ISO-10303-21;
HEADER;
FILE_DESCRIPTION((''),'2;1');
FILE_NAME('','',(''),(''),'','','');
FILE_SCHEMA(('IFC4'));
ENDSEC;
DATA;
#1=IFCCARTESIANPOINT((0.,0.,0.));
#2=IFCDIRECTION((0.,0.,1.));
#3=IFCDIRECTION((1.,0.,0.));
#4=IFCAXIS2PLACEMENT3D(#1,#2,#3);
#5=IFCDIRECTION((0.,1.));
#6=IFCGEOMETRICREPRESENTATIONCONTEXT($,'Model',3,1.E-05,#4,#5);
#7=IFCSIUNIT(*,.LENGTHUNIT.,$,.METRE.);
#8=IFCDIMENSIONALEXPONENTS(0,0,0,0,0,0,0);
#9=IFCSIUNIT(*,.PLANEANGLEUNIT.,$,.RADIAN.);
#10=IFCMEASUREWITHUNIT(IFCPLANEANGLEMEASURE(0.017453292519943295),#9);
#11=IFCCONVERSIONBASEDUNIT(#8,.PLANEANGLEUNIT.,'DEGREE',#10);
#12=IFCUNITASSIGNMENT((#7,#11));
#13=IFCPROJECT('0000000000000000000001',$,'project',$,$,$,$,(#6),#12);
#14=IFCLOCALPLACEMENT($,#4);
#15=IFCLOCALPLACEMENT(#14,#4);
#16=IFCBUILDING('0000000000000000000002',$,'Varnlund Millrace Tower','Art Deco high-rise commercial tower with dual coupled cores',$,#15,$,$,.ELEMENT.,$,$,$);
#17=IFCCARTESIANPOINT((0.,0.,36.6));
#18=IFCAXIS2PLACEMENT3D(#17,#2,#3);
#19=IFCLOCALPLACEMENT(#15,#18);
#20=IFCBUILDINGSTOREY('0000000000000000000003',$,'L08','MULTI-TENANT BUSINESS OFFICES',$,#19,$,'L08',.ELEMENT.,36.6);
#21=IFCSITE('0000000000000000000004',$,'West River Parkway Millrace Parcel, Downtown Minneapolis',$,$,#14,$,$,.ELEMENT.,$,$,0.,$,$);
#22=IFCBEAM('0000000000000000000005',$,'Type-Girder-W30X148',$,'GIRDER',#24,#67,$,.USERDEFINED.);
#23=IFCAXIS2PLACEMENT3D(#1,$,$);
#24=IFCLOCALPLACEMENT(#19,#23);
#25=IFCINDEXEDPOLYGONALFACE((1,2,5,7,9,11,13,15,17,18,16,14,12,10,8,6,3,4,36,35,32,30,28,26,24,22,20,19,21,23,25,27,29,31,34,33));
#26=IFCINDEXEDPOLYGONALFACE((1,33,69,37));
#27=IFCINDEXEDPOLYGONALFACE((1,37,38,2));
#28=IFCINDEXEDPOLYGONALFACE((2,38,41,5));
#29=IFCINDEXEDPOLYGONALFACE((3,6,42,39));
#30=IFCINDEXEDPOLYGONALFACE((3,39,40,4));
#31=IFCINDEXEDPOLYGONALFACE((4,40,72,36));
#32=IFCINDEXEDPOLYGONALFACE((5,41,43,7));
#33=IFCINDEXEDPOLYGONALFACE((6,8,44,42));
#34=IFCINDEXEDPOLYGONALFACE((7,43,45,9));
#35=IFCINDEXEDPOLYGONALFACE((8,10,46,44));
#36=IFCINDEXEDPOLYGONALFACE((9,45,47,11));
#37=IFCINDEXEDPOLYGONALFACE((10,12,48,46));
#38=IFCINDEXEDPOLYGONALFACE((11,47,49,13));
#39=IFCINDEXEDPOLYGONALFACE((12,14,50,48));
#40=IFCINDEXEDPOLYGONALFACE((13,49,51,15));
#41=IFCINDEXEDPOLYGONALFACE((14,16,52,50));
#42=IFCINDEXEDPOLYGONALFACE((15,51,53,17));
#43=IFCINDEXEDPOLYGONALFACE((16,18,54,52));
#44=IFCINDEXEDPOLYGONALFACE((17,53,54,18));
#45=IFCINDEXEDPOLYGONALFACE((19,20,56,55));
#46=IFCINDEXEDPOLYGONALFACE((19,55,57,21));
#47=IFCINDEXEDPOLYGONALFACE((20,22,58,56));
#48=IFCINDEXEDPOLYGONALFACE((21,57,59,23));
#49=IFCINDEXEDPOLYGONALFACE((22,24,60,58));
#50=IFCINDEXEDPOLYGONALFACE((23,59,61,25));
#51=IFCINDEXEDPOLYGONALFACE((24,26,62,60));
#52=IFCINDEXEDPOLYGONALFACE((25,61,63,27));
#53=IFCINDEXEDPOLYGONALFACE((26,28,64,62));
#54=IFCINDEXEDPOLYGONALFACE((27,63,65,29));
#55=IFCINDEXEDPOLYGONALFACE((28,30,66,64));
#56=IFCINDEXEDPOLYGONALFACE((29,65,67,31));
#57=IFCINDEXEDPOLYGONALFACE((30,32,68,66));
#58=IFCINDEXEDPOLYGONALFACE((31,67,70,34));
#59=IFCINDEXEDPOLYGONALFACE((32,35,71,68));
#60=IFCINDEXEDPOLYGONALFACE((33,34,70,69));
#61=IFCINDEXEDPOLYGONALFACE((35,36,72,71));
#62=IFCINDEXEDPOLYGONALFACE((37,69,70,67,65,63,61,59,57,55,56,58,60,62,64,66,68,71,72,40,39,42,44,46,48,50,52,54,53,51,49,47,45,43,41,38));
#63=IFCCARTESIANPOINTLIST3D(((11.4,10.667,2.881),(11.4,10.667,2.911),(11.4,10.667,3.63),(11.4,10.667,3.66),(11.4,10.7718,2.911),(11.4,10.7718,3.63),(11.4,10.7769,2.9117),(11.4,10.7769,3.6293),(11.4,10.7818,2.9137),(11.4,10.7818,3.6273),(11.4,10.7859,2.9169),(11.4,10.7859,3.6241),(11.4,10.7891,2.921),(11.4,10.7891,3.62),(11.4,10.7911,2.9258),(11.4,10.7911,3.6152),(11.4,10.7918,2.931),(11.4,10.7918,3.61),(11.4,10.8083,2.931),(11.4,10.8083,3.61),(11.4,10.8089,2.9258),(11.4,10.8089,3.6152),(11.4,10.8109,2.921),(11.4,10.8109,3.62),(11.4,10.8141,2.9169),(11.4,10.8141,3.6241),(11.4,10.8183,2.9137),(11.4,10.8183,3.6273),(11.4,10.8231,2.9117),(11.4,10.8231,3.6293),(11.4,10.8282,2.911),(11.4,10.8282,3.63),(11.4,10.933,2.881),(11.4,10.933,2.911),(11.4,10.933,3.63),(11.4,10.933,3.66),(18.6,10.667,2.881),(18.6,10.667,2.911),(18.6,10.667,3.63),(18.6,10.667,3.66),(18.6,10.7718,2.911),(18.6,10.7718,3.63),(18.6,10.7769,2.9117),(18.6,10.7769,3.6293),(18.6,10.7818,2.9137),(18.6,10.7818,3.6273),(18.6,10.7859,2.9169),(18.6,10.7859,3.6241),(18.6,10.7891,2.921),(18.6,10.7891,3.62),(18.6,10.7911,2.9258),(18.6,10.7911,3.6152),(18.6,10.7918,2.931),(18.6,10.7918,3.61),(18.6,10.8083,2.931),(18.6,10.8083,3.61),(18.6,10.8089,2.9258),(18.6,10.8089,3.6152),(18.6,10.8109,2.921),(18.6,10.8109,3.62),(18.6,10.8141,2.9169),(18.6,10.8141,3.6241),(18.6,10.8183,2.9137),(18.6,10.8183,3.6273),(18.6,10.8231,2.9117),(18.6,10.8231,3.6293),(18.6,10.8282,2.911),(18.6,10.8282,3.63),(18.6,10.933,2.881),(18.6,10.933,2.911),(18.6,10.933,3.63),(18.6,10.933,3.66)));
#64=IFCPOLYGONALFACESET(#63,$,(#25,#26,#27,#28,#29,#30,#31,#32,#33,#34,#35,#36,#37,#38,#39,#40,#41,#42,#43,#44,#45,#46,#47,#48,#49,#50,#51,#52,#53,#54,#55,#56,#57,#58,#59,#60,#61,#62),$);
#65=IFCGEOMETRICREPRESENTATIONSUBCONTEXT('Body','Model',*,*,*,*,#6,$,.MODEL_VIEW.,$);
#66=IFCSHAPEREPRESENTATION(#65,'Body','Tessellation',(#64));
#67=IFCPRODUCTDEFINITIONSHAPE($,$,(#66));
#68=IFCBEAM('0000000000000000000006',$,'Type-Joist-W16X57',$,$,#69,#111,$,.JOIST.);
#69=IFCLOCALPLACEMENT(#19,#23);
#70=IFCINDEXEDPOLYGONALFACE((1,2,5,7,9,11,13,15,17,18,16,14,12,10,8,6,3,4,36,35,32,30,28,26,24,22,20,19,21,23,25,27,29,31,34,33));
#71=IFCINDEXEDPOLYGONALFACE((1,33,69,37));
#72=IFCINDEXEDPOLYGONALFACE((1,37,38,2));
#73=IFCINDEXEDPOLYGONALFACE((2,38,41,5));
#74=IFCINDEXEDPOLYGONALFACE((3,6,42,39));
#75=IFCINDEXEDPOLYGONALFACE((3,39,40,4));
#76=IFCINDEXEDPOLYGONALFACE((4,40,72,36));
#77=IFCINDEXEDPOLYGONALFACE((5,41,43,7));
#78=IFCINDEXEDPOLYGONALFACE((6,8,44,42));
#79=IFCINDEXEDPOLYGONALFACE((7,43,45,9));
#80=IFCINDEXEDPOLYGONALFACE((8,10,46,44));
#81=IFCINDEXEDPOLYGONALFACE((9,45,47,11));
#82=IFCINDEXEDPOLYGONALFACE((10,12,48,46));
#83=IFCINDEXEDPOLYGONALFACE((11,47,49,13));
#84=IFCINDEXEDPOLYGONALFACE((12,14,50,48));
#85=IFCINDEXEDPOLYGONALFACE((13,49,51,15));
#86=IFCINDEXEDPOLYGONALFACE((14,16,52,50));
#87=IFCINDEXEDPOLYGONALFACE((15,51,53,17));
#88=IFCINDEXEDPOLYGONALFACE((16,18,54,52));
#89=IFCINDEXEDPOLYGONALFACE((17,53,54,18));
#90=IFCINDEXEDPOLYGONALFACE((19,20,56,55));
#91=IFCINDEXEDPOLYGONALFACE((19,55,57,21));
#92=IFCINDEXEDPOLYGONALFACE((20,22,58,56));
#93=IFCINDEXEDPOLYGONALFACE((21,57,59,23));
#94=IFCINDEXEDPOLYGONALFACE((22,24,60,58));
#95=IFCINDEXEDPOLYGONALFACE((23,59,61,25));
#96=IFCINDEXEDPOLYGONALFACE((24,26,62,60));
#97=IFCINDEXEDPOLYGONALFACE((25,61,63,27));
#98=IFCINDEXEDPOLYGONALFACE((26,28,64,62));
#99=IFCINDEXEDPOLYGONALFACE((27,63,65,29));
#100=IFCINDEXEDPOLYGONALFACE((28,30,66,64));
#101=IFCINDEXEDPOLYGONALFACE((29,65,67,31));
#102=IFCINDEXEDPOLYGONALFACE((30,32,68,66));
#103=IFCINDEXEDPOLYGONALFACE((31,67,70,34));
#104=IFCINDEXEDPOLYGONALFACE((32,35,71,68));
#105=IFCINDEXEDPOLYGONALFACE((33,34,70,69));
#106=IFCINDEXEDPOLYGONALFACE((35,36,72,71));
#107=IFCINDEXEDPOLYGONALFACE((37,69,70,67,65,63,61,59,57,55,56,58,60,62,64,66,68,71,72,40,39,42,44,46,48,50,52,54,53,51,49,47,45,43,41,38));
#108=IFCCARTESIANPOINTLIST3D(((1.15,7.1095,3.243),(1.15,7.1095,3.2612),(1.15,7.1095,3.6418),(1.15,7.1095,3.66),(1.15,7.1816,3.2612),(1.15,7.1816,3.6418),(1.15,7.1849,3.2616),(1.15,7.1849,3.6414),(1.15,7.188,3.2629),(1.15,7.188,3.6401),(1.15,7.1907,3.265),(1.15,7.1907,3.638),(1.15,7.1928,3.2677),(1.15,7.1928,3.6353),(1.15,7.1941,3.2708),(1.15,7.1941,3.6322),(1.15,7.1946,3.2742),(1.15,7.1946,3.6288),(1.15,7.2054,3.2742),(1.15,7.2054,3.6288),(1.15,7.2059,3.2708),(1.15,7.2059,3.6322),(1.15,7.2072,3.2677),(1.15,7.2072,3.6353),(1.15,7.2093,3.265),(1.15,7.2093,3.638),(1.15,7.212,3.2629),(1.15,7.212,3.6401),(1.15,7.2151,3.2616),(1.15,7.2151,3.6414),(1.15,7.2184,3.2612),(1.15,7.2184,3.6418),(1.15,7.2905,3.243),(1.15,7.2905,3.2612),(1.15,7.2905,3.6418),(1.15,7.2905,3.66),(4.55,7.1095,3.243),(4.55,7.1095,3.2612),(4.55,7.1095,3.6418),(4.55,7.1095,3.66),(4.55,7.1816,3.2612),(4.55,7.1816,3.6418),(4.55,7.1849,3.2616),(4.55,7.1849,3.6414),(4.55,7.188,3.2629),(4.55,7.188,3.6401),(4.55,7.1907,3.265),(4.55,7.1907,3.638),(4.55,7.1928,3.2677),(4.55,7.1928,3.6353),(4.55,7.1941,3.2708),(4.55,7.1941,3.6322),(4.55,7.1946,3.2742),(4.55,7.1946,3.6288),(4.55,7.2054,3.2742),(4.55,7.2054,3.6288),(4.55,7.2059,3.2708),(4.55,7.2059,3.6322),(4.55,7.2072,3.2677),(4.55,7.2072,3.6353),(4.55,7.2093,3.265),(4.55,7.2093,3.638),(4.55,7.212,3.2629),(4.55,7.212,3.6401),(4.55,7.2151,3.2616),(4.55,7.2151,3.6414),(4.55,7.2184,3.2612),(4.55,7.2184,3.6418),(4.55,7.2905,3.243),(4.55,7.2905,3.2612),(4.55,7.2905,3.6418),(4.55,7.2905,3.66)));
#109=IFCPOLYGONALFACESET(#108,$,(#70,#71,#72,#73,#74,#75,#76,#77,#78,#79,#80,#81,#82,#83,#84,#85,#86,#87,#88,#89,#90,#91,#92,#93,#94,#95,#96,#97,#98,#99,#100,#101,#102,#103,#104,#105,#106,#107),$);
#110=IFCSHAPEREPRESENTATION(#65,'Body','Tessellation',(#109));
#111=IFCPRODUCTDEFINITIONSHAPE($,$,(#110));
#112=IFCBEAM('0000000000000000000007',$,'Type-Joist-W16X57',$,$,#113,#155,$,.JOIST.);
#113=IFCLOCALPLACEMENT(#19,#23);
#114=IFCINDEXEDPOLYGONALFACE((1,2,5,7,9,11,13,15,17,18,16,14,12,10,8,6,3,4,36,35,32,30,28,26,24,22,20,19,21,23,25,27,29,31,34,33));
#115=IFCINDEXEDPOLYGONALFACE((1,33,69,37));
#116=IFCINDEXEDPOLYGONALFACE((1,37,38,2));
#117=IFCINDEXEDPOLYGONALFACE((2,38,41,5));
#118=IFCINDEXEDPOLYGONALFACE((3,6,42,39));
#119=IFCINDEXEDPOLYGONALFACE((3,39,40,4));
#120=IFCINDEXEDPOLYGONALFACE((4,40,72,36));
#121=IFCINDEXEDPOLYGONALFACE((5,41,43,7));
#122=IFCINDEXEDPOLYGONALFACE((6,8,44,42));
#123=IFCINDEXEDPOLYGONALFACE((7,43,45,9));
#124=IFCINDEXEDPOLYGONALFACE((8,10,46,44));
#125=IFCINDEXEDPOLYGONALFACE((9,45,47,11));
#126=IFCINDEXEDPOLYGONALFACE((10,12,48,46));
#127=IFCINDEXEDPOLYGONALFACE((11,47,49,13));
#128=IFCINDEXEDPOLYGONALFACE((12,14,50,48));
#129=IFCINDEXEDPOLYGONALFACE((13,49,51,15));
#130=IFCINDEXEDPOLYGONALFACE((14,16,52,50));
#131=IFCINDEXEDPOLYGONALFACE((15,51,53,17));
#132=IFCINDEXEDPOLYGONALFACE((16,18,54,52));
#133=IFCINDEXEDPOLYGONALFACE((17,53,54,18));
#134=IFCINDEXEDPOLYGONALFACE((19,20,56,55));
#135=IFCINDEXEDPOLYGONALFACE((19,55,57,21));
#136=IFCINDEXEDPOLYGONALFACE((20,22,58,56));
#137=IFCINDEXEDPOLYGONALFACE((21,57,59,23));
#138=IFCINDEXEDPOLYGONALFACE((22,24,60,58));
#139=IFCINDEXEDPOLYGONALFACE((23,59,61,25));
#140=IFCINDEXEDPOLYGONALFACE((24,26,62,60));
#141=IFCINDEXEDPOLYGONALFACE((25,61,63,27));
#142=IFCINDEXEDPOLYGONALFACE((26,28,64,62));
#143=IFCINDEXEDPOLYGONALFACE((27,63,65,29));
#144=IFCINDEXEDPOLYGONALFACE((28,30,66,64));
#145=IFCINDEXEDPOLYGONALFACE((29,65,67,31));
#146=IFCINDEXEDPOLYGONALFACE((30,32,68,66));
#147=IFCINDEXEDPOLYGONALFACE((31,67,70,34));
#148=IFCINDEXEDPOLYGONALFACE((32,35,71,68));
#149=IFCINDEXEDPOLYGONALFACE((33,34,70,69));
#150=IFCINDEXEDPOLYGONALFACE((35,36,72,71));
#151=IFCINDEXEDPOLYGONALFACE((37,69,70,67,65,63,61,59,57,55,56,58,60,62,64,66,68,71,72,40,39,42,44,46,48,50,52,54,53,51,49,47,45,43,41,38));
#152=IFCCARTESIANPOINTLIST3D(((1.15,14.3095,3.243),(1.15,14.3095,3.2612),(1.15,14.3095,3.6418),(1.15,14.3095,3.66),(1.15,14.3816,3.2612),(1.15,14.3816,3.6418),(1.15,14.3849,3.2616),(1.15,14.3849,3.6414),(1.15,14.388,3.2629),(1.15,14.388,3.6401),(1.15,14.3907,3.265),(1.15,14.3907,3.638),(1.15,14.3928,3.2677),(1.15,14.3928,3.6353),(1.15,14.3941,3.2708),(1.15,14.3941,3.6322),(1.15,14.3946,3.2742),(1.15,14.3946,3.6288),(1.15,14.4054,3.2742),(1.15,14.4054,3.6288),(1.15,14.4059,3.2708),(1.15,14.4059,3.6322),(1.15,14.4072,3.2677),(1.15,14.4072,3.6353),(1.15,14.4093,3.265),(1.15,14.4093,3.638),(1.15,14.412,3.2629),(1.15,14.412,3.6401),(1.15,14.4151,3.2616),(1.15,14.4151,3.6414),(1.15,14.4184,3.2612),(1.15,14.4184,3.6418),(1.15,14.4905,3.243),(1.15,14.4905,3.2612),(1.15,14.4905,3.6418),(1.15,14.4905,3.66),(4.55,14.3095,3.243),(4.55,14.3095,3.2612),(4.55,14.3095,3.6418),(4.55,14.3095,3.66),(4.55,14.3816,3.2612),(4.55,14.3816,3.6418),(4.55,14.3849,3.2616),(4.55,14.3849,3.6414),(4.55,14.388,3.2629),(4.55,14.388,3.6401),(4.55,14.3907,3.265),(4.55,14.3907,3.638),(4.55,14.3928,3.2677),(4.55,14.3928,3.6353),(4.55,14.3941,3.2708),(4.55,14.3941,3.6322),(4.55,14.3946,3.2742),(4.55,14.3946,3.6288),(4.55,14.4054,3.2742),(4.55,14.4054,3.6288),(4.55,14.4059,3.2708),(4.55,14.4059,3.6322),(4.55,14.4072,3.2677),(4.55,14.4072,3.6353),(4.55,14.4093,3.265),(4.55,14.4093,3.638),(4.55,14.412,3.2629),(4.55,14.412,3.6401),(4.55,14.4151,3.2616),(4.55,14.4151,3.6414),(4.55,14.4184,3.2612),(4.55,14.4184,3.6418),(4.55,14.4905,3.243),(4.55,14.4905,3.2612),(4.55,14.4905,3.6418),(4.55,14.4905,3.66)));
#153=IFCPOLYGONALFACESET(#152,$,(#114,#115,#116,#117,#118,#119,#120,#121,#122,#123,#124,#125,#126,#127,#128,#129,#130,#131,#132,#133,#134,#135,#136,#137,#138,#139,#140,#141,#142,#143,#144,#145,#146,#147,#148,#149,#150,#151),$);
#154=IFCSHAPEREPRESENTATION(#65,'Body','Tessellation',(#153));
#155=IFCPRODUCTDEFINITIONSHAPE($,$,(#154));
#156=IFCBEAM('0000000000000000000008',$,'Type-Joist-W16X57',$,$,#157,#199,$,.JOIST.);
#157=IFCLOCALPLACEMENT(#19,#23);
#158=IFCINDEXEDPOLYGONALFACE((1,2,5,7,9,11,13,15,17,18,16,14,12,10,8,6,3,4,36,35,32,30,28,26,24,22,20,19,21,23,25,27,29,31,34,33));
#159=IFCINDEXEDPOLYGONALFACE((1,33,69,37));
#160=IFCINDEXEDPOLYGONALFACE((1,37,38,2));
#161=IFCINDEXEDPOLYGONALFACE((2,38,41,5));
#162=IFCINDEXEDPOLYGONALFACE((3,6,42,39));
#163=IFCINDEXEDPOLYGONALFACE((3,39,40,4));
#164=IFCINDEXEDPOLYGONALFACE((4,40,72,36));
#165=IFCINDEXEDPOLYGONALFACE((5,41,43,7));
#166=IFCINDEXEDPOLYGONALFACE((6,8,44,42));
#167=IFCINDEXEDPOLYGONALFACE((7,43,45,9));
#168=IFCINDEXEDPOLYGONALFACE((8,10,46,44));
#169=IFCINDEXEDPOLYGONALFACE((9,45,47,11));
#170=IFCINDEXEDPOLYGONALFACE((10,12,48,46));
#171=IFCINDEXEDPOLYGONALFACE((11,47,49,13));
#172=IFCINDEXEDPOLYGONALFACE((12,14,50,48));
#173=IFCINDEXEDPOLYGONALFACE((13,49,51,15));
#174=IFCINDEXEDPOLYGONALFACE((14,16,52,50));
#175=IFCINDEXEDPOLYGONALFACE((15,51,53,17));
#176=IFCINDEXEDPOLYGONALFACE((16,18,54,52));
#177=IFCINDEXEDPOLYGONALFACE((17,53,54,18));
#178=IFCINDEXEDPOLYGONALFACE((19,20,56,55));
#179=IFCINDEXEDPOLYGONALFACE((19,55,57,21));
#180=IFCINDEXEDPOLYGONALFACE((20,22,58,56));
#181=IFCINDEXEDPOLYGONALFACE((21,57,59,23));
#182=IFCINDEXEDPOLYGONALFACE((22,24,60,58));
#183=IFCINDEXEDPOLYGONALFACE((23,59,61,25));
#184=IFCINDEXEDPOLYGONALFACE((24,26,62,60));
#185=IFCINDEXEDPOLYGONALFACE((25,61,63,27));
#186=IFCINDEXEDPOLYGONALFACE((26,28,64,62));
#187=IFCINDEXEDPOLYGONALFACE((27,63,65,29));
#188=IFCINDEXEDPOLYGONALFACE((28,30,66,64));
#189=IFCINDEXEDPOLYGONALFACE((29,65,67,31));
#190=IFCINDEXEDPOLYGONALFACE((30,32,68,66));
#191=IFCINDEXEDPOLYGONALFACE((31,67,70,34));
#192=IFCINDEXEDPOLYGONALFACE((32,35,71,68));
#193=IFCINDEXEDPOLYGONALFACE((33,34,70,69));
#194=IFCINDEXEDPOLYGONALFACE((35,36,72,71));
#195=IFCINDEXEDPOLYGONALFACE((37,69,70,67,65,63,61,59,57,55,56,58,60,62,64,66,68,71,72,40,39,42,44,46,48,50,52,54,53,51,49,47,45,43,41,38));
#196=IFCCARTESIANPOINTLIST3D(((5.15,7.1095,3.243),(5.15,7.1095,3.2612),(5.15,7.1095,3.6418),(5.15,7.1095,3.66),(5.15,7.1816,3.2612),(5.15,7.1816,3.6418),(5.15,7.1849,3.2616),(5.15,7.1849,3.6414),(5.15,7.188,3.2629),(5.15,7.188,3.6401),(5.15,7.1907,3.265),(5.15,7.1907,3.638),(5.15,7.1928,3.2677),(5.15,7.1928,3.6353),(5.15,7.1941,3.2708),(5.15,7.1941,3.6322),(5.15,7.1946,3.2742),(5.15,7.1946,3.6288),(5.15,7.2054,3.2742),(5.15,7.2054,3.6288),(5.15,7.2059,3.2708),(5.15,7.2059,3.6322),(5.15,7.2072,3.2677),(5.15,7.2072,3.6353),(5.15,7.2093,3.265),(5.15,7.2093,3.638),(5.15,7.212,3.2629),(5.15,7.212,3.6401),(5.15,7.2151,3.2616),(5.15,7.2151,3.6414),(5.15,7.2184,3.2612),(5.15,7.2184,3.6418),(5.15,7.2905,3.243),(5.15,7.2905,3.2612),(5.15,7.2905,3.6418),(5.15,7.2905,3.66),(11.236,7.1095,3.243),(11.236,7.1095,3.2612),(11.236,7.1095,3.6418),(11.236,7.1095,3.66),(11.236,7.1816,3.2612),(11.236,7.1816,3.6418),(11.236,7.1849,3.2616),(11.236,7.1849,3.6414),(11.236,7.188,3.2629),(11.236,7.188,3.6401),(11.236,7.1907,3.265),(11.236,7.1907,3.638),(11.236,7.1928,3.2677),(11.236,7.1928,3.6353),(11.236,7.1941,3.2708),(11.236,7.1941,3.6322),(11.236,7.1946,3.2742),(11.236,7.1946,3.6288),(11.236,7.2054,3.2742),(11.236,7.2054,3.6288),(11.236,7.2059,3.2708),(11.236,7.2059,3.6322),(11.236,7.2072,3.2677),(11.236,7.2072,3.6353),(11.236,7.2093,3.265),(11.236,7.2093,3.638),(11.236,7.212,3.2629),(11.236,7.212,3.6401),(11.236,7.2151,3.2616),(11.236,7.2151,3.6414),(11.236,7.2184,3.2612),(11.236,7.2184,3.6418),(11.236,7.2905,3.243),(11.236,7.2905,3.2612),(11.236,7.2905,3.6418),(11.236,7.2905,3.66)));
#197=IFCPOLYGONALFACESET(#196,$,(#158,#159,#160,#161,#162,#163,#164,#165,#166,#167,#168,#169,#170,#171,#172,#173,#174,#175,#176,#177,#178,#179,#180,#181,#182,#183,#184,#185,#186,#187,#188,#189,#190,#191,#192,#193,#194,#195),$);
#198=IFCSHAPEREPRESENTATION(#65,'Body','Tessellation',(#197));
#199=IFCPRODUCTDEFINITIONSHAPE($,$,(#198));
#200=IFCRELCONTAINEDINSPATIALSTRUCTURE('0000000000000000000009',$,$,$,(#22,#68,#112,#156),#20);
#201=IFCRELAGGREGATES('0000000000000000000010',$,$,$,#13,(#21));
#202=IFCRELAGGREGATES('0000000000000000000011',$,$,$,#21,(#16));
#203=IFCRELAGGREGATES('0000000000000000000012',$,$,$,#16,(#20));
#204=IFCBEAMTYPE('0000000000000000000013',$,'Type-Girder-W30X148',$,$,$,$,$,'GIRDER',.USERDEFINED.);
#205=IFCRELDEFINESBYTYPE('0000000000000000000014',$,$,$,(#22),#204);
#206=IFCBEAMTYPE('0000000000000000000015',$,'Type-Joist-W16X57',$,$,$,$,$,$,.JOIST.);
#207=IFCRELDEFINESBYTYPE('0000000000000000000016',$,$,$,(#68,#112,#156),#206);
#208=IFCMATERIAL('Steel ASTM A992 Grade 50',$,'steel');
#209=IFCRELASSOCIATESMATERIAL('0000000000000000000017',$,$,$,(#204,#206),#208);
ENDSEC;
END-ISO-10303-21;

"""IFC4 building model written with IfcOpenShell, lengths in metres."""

from ifc_helpers import new_model, entity, si_unit, converted_unit, direction, frame, origin_with_axes, origin_2d_with_axis, place, context, subcontext, project, spatial, i_section, extrude, material, material_profile, profile_set, type_object, element, save


model = new_model("IFC4")

# Units and contexts
model_context = context("Model", 3, precision=1e-05, world=origin_with_axes(), true_north=direction((0.0, 1.0)))
body_context = subcontext(model_context, "Body", "Model", "MODEL_VIEW")
ifc_project = project(units=[si_unit("LENGTHUNIT", "METRE"), converted_unit("PLANEANGLEUNIT", "DEGREE", entity("IfcPlaneAngleMeasure", 0.017453292519943295), si_unit("PLANEANGLEUNIT", "RADIAN"), dimensions=[0, 0, 0, 0, 0, 0, 0])], contexts=[model_context])

# Site, building, storey
site_placement = place(None, origin_with_axes())
site = spatial("IfcSite", under=ifc_project, at=site_placement, Name="West River Parkway Millrace Parcel, Downtown Minneapolis", CompositionType="ELEMENT", RefElevation=0.0)
building_placement = place(site_placement, origin_with_axes())
building = spatial("IfcBuilding", under=site, at=building_placement, Name="Varnlund Millrace Tower", Description="Art Deco high-rise commercial tower with dual coupled cores", CompositionType="ELEMENT")
storey_placement = place(building_placement, frame((0.0, 0.0, 36.6), z_axis=(0.0, 0.0, 1.0), x_axis=(1.0, 0.0, 0.0)))
storey = spatial("IfcBuildingStorey", under=building, at=storey_placement, Name="L08", Description="MULTI-TENANT BUSINESS OFFICES", LongName="L08", CompositionType="ELEMENT", Elevation=36.6)

# Beams
ifc_material_1 = material(Name="Steel ASTM A992 Grade 50", Category="steel")
ifc_material_profile_1 = material_profile(ifc_material_1, i_section(OverallWidth=0.266, OverallDepth=0.779, WebThickness=0.0165, FlangeThickness=0.03, FilletRadius=0.02, at=origin_2d_with_axis()), Name="Steel ASTM A992 Grade 50")
ifc_profile_set_1 = profile_set([ifc_material_profile_1], Name="Steel ASTM A992 Grade 50")
beam_type_1 = type_object("IfcBeamType", Name="Type-Girder-W30X148", ElementType="GIRDER", PredefinedType="USERDEFINED", material=ifc_profile_set_1)
beam_1_placement = place(storey_placement, frame((11.4, 10.8, 3.2705), z_axis=(1.0, 0.0, 0.0), x_axis=(0.0, 1.0, 0.0)))
element("IfcBeam", 1, at=beam_1_placement, inside=storey, type_object=beam_type_1, Name="Type-Girder-W30X148", ObjectType="GIRDER", PredefinedType="USERDEFINED", context=body_context, shape_type="SweptSolid", body=[
    extrude(i_section(OverallWidth=0.266, OverallDepth=0.779, WebThickness=0.0165, FlangeThickness=0.03, FilletRadius=0.02, at=origin_2d_with_axis()), origin_with_axes(), (0.0, 0.0, 1.0), 7.2),
])
ifc_material_profile_2 = material_profile(ifc_material_1, i_section(OverallWidth=0.181, OverallDepth=0.417, WebThickness=0.0109, FlangeThickness=0.0182, FilletRadius=0.013, at=origin_2d_with_axis()), Name="Steel ASTM A992 Grade 50")
ifc_profile_set_2 = profile_set([ifc_material_profile_2], Name="Steel ASTM A992 Grade 50")
beam_type_2 = type_object("IfcBeamType", Name="Type-Joist-W16X57", PredefinedType="JOIST", material=ifc_profile_set_2)
for number, where, z_axis, x_axis, name in (
    (2, (1.15, 7.2, 3.4515), (1.0, 0.0, 0.0), (0.0, 1.0, 0.0), "Type-Joist-W16X57"),
    (3, (1.15, 14.4, 3.4515), (1.0, 0.0, 0.0), (0.0, 1.0, 0.0), "Type-Joist-W16X57"),
):
    element("IfcBeam", number, at=place(storey_placement, frame(where, z_axis=z_axis, x_axis=x_axis)), inside=storey, type_object=beam_type_2, Name=name, PredefinedType="JOIST", context=body_context, shape_type="SweptSolid", body=[
        extrude(i_section(OverallWidth=0.181, OverallDepth=0.417, WebThickness=0.0109, FlangeThickness=0.0182, FilletRadius=0.013, at=origin_2d_with_axis()), origin_with_axes(), (0.0, 0.0, 1.0), 3.4),
    ])
for number, where, z_axis, x_axis, name in (
    (4, (5.15, 7.2, 3.4515), (1.0, 0.0, 0.0), (0.0, 1.0, 0.0), "Type-Joist-W16X57"),
):
    element("IfcBeam", number, at=place(storey_placement, frame(where, z_axis=z_axis, x_axis=x_axis)), inside=storey, type_object=beam_type_2, Name=name, PredefinedType="JOIST", context=body_context, shape_type="SweptSolid", body=[
        extrude(i_section(OverallWidth=0.181, OverallDepth=0.417, WebThickness=0.0109, FlangeThickness=0.0182, FilletRadius=0.013, at=origin_2d_with_axis()), origin_with_axes(), (0.0, 0.0, 1.0), 6.086),
    ])

save(model, "model.ifc")
